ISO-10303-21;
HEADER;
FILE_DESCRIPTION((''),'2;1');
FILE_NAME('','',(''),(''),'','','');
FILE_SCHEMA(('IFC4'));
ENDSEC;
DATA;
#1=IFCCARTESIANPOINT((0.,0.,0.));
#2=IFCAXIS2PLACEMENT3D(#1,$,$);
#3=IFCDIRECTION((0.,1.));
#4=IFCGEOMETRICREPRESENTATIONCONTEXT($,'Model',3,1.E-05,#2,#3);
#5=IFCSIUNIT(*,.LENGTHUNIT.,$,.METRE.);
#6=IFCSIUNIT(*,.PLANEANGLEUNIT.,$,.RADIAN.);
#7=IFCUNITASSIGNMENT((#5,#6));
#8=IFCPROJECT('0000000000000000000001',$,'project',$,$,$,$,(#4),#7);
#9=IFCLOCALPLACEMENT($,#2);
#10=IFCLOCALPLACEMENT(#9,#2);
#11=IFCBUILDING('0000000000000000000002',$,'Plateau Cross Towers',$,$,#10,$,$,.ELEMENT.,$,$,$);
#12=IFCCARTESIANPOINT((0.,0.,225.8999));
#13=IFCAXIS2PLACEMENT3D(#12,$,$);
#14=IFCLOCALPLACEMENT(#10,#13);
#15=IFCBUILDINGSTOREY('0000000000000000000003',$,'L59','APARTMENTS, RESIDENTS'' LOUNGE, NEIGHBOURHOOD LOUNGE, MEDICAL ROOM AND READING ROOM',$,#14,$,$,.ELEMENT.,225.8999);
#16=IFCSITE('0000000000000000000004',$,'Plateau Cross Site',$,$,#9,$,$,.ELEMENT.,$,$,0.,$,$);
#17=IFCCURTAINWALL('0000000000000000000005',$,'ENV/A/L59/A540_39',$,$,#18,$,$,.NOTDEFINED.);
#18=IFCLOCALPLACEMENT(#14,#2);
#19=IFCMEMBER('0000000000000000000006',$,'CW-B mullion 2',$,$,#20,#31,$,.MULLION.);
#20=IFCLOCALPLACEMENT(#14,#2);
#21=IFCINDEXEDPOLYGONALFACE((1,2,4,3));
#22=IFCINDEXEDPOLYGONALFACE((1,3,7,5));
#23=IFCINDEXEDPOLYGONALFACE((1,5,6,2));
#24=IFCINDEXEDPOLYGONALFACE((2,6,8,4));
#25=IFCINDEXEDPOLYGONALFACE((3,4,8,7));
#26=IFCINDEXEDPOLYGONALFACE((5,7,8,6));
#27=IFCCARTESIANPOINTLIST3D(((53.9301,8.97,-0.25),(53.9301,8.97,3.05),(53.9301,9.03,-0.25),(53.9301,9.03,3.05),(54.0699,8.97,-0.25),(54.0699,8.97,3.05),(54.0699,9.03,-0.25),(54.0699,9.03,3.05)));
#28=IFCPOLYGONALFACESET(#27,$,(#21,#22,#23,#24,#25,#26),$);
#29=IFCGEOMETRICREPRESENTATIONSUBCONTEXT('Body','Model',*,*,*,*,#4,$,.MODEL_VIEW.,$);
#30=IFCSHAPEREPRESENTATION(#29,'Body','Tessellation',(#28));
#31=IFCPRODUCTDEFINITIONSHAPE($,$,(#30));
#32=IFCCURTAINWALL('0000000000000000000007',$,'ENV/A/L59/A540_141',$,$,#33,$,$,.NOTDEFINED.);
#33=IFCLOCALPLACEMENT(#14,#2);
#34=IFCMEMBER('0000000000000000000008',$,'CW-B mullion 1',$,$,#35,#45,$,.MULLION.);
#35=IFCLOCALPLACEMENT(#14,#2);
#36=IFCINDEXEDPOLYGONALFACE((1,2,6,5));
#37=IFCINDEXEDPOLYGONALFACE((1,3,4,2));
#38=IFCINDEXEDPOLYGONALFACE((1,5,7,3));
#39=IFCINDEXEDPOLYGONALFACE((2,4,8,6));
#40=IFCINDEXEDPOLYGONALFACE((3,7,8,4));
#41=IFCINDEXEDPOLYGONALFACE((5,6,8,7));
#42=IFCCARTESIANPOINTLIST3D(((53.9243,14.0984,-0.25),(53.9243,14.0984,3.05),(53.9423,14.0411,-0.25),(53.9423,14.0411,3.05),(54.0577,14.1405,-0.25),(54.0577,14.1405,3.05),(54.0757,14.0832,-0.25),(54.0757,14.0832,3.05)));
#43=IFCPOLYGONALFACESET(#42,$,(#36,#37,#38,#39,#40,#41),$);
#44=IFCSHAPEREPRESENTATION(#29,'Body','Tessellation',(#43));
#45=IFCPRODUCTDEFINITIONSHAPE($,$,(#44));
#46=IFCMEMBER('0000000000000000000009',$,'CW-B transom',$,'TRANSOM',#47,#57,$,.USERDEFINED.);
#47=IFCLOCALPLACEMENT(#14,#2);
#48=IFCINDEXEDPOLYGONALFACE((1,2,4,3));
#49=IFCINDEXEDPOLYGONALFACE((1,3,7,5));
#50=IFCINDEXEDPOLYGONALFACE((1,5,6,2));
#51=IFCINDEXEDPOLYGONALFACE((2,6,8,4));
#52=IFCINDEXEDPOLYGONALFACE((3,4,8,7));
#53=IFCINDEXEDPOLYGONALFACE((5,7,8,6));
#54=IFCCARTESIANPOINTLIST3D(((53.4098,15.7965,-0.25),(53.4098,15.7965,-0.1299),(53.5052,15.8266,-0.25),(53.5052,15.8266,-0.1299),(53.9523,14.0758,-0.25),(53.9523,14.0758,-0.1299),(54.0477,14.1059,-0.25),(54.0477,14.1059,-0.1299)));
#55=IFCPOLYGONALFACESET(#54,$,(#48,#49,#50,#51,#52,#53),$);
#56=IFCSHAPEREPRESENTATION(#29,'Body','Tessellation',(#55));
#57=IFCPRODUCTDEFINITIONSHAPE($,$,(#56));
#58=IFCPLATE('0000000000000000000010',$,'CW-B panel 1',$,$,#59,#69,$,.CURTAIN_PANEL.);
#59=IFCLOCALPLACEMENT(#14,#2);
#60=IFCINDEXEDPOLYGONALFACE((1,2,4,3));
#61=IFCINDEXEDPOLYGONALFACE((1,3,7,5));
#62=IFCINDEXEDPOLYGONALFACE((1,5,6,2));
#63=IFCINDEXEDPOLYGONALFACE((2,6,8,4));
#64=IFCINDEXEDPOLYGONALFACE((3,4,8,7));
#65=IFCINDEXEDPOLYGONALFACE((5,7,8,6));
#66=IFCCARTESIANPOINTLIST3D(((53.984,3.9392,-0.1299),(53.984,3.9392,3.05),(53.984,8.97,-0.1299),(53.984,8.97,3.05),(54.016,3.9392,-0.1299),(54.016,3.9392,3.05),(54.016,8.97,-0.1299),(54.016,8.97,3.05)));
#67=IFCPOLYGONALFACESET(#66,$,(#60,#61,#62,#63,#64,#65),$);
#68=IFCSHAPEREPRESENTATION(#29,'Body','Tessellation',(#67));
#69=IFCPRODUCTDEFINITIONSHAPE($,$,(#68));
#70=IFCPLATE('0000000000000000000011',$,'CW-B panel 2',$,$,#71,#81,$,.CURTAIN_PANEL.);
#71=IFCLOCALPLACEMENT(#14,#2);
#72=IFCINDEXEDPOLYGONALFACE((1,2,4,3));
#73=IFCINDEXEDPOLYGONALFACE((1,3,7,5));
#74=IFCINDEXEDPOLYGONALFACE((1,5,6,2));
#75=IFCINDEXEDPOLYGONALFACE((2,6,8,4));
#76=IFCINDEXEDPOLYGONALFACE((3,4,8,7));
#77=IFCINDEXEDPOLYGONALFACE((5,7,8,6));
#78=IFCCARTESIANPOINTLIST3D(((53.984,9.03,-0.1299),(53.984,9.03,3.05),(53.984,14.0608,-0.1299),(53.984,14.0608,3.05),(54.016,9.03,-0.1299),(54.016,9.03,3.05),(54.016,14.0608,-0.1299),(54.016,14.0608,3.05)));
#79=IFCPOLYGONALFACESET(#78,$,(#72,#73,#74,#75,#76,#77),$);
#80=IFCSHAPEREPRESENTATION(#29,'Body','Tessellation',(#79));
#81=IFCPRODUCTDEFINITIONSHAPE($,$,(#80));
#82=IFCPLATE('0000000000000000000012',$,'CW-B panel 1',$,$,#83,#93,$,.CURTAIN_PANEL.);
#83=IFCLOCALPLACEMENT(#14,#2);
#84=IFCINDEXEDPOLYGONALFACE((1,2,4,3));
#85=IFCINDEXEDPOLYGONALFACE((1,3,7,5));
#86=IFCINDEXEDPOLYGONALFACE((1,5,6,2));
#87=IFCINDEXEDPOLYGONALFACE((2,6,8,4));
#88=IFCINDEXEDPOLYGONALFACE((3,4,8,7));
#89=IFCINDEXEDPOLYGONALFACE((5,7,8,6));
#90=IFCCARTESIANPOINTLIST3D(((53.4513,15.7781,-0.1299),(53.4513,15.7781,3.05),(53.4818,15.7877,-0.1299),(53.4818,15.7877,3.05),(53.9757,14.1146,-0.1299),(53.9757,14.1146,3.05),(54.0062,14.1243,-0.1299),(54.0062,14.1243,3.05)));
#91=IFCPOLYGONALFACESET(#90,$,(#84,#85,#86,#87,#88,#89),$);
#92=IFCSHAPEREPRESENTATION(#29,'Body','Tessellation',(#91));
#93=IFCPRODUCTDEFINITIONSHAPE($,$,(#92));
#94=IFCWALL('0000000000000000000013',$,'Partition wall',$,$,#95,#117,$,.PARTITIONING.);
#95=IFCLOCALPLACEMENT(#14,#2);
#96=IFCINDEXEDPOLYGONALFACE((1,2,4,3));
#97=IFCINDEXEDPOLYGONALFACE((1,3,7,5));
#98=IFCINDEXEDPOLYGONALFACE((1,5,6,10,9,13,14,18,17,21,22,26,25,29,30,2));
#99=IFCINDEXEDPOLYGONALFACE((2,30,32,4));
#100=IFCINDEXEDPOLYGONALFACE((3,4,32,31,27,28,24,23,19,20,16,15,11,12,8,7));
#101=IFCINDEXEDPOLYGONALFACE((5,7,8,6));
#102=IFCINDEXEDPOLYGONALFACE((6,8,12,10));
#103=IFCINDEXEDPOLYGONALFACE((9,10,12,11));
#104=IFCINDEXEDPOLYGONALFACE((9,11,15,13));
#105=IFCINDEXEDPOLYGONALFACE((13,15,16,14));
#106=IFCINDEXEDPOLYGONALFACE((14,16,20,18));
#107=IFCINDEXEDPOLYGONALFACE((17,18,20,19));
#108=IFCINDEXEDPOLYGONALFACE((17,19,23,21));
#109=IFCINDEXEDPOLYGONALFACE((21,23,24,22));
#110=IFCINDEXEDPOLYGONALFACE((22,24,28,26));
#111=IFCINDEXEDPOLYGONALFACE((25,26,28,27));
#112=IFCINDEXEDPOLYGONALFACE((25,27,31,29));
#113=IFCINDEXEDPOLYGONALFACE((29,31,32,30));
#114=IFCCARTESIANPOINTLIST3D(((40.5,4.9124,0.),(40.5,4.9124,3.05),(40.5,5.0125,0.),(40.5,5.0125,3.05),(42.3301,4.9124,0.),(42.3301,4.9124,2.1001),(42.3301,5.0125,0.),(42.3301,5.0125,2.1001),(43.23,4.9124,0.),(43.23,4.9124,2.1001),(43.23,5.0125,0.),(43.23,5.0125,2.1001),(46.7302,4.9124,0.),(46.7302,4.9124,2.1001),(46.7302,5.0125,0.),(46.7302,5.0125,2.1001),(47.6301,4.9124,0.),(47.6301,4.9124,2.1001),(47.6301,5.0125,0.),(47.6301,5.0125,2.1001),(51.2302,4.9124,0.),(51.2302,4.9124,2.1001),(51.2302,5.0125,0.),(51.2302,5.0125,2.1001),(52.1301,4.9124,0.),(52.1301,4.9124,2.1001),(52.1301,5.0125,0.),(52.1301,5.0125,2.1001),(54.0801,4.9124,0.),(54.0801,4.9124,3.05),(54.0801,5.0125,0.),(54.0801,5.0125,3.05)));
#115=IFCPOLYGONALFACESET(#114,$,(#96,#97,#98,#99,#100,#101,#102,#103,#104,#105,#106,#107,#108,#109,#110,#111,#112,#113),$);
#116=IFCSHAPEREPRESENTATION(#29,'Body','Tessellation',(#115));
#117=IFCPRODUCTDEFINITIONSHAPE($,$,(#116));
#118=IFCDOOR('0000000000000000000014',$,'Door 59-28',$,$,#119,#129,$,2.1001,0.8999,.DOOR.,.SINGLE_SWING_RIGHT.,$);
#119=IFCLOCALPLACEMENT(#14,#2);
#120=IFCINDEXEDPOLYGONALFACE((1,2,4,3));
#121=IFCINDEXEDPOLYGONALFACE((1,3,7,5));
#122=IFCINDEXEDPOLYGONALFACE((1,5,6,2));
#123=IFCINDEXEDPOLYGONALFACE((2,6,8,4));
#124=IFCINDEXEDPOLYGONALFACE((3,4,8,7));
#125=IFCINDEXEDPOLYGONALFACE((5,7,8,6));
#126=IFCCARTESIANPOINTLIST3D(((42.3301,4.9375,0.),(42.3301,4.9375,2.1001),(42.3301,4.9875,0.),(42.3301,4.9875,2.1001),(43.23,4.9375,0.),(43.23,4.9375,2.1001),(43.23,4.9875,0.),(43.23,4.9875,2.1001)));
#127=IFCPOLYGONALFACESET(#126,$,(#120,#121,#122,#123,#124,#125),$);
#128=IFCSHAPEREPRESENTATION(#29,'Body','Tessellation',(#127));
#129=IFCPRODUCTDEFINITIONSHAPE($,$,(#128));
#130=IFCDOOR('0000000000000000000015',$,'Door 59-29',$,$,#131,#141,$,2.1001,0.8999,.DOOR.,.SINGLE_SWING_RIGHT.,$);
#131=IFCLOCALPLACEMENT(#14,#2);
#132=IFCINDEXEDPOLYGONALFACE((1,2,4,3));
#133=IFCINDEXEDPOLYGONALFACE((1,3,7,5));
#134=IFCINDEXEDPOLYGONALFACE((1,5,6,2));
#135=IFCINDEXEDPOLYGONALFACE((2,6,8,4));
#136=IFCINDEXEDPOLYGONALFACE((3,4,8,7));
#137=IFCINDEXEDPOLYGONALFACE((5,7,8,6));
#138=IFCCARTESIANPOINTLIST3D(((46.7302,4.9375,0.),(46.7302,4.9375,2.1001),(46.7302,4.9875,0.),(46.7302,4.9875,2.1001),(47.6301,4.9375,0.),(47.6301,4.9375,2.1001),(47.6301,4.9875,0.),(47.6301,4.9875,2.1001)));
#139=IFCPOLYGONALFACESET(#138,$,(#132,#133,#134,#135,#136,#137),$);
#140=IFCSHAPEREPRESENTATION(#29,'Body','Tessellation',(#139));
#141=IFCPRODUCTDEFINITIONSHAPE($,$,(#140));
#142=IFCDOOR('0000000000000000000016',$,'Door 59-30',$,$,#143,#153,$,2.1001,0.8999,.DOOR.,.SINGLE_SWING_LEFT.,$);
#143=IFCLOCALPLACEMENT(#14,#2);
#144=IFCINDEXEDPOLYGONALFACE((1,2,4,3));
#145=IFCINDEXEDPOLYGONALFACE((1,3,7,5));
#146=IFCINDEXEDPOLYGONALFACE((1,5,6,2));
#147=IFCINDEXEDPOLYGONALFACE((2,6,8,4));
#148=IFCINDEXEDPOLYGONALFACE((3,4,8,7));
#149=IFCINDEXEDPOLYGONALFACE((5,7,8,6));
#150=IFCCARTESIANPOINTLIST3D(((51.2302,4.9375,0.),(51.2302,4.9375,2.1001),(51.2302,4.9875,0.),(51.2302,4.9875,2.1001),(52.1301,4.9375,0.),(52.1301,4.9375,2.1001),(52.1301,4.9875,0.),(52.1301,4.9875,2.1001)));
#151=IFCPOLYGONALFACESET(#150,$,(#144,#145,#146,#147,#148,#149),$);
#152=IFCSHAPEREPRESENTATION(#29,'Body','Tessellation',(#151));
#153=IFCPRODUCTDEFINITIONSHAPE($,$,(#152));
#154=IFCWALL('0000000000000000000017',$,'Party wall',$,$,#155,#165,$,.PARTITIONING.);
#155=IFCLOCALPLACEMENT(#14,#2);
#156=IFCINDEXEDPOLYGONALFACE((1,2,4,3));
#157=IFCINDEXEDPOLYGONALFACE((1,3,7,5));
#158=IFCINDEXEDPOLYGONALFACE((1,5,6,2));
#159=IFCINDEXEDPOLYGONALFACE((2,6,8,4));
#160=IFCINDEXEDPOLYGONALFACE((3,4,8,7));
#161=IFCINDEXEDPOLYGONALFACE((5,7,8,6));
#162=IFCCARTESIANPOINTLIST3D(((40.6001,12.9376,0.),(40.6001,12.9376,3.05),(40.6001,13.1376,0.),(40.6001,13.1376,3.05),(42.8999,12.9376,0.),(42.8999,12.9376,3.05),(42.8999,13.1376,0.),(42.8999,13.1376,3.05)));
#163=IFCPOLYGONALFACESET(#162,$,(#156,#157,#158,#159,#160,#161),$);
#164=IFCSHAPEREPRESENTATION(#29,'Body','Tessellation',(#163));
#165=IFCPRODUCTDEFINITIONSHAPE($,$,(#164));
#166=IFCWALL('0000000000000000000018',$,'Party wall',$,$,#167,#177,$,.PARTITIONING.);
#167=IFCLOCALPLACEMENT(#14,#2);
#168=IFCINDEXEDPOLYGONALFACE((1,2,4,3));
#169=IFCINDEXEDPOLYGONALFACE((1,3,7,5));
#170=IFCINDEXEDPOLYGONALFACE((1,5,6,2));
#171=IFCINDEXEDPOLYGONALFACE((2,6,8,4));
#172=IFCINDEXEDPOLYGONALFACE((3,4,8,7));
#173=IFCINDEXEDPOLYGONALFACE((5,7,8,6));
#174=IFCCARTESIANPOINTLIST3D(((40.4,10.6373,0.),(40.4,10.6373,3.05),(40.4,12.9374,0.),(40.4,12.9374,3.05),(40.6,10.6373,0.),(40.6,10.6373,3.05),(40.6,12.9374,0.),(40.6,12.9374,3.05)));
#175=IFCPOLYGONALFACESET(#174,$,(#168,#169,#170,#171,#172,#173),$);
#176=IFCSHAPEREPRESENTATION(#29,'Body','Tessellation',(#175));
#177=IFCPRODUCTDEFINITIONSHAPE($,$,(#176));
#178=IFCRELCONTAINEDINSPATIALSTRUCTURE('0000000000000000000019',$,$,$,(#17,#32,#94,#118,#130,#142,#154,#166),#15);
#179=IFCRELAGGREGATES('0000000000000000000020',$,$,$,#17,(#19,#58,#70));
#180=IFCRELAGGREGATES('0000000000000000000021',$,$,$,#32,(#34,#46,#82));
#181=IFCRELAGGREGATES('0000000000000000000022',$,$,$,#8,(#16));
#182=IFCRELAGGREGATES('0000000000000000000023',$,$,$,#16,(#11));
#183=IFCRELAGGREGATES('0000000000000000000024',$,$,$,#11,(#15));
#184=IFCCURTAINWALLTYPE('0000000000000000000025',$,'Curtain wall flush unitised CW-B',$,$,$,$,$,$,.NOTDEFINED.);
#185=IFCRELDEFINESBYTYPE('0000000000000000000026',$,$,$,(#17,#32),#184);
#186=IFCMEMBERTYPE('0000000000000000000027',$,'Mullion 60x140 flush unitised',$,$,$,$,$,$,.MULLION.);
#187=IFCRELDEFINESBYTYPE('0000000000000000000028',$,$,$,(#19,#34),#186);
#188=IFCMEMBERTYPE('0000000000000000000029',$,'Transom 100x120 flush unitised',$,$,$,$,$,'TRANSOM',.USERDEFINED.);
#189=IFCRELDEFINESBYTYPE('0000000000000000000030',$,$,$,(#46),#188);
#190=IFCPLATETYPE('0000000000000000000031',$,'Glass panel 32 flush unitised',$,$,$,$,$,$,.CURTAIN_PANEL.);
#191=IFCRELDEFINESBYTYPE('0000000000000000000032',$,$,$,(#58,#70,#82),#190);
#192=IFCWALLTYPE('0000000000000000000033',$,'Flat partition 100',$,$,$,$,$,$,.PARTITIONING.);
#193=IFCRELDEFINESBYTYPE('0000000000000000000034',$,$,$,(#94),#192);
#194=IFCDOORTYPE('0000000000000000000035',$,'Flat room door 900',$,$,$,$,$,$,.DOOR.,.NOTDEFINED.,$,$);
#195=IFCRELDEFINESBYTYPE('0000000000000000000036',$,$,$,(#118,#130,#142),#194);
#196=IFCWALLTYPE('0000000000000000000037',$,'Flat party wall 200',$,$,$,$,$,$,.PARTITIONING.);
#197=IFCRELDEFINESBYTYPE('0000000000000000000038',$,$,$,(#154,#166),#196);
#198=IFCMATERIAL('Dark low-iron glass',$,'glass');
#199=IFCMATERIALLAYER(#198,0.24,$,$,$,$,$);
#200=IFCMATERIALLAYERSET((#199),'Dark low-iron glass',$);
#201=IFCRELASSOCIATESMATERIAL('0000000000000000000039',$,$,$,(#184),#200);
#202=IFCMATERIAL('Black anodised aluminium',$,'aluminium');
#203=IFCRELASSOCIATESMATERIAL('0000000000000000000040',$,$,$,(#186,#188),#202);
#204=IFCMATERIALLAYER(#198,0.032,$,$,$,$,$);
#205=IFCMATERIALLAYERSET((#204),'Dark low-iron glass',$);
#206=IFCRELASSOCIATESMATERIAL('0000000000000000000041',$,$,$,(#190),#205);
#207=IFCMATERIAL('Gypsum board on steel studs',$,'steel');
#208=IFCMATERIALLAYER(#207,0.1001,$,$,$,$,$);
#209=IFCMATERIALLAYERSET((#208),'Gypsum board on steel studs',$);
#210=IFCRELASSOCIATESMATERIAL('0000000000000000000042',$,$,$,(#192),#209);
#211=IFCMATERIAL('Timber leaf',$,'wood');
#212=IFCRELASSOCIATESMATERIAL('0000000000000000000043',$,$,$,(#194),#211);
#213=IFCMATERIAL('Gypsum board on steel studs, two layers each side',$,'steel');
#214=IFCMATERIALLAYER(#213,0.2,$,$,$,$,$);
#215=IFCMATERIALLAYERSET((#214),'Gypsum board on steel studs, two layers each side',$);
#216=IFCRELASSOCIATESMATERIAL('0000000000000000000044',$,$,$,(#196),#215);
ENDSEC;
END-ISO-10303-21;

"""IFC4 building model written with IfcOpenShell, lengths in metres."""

from ifc_helpers import new_model, si_unit, direction, frame, frame_2d, origin, origin_2d, place, context, subcontext, project, spatial, rectangle, extrude, material, layer, layer_set, material_profile, profile_set, type_object, element, fill, aggregate, save


model = new_model("IFC4")

# Units and contexts
model_context = context("Model", 3, precision=1e-05, world=origin(), true_north=direction((0.0, 1.0)))
body_context = subcontext(model_context, "Body", "Model", "MODEL_VIEW")
ifc_project = project(units=[si_unit("LENGTHUNIT", "METRE"), si_unit("PLANEANGLEUNIT", "RADIAN")], contexts=[model_context])

# Site, building, storey
site_placement = place(None, origin())
site = spatial("IfcSite", under=ifc_project, at=site_placement, Name="Plateau Cross Site", CompositionType="ELEMENT", RefElevation=0.0)
building_placement = place(site_placement, origin())
building = spatial("IfcBuilding", under=site, at=building_placement, Name="Plateau Cross Towers", CompositionType="ELEMENT")
storey_placement = place(building_placement, frame((0.0, 0.0, 225.8999)))
storey = spatial("IfcBuildingStorey", under=building, at=storey_placement, Name="L59", Description="APARTMENTS, RESIDENTS' LOUNGE, NEIGHBOURHOOD LOUNGE, MEDICAL ROOM AND READING ROOM", CompositionType="ELEMENT", Elevation=225.8999)

# Curtain wall, member
ifc_material_1 = material(Name="Dark low-iron glass", Category="glass")
ifc_layer_1 = layer(ifc_material_1, 0.24)
ifc_layer_set_1 = layer_set([ifc_layer_1], Name="Dark low-iron glass")
curtain_wall_type = type_object("IfcCurtainWallType", Name="Curtain wall flush unitised CW-B", PredefinedType="NOTDEFINED", material=ifc_layer_set_1)
curtain_wall_1_placement = place(storey_placement, origin())
curtain_wall_1 = element("IfcCurtainWall", 1, at=curtain_wall_1_placement, inside=storey, type_object=curtain_wall_type, Name="ENV/A/L59/A540_39", PredefinedType="NOTDEFINED")
ifc_material_2 = material(Name="Black anodised aluminium", Category="aluminium")
ifc_material_profile_1 = material_profile(ifc_material_2, rectangle(XDim=0.0601, YDim=0.1399, at=origin_2d()), Name="MULLION 60x140")
ifc_profile_set_1 = profile_set([ifc_material_profile_1], Name="Black anodised aluminium")
member_type_1 = type_object("IfcMemberType", Name="Mullion 60x140 flush unitised", PredefinedType="MULLION", material=ifc_profile_set_1)
member_1_placement = place(storey_placement, frame((54.0, 9.0, -0.25), z_axis=(0.0, 0.0, 1.0), x_axis=(0.0, 1.0, 0.0)))
member_1 = element("IfcMember", 2, at=member_1_placement, type_object=member_type_1, Name="CW-B mullion 2", PredefinedType="MULLION", context=body_context, shape_type="SweptSolid", body=[
    extrude(rectangle(XDim=0.0601, YDim=0.1399, at=origin_2d()), origin(), (0.0, 0.0, 1.0), 3.3),
])

# Curtain wall, members
curtain_wall_2_placement = place(storey_placement, origin())
curtain_wall_2 = element("IfcCurtainWall", 3, at=curtain_wall_2_placement, inside=storey, type_object=curtain_wall_type, Name="ENV/A/L59/A540_141", PredefinedType="NOTDEFINED")
member_2_placement = place(storey_placement, frame((54.0, 14.0908, -0.25), z_axis=(0.0, 0.0, 1.0), x_axis=(-0.300686, 0.953723, 0.0)))
member_2 = element("IfcMember", 4, at=member_2_placement, type_object=member_type_1, Name="CW-B mullion 1", PredefinedType="MULLION", context=body_context, shape_type="SweptSolid", body=[
    extrude(rectangle(XDim=0.0601, YDim=0.1399, at=origin_2d()), origin(), (0.0, 0.0, 1.0), 3.3),
])
ifc_material_profile_2 = material_profile(ifc_material_2, rectangle(XDim=0.1001, YDim=0.1201, at=origin_2d()), Name="TRANSOM 100x120")
ifc_profile_set_2 = profile_set([ifc_material_profile_2], Name="Black anodised aluminium")
member_type_2 = type_object("IfcMemberType", Name="Transom 100x120 flush unitised", ElementType="TRANSOM", PredefinedType="USERDEFINED", material=ifc_profile_set_2)
member_3_placement = place(storey_placement, frame((54.0, 14.0908, -0.1899), z_axis=(-0.300678, 0.953726, 0.0), x_axis=(-0.953726, -0.300678, 0.0)))
member_3 = element("IfcMember", 5, at=member_3_placement, type_object=member_type_2, Name="CW-B transom", ObjectType="TRANSOM", PredefinedType="USERDEFINED", context=body_context, shape_type="SweptSolid", body=[
    extrude(rectangle(XDim=0.1001, YDim=0.1201, at=origin_2d()), origin(), (0.0, 0.0, 1.0), 1.8042),
])

# Plates
ifc_layer_2 = layer(ifc_material_1, 0.032)
ifc_layer_set_2 = layer_set([ifc_layer_2], Name="Dark low-iron glass")
plate_type = type_object("IfcPlateType", Name="Glass panel 32 flush unitised", PredefinedType="CURTAIN_PANEL", material=ifc_layer_set_2)
plate_1_placement = place(storey_placement, frame((54.0, 6.4546, -0.1299), z_axis=(0.0, 0.0, 1.0), x_axis=(0.0, 1.0, 0.0)))
plate_1 = element("IfcPlate", 6, at=plate_1_placement, type_object=plate_type, Name="CW-B panel 1", PredefinedType="CURTAIN_PANEL", context=body_context, shape_type="SweptSolid", body=[
    extrude(rectangle(XDim=5.0308, YDim=0.032, at=origin_2d()), origin(), (0.0, 0.0, 1.0), 3.1799),
])
plate_2_placement = place(storey_placement, frame((54.0, 11.5454, -0.1299), z_axis=(0.0, 0.0, 1.0), x_axis=(0.0, 1.0, 0.0)))
plate_2 = element("IfcPlate", 7, at=plate_2_placement, type_object=plate_type, Name="CW-B panel 2", PredefinedType="CURTAIN_PANEL", context=body_context, shape_type="SweptSolid", body=[
    extrude(rectangle(XDim=5.0308, YDim=0.032, at=origin_2d()), origin(), (0.0, 0.0, 1.0), 3.1799),
])
aggregate(curtain_wall_1, [member_1, plate_1, plate_2])
plate_3_placement = place(storey_placement, frame((53.7288, 14.9512, -0.1299), z_axis=(0.0, 0.0, 1.0), x_axis=(-0.300686, 0.953723, 0.0)))
plate_3 = element("IfcPlate", 8, at=plate_3_placement, type_object=plate_type, Name="CW-B panel 1", PredefinedType="CURTAIN_PANEL", context=body_context, shape_type="SweptSolid", body=[
    extrude(rectangle(XDim=1.7441, YDim=0.032, at=origin_2d()), origin(), (0.0, 0.0, 1.0), 3.1799),
])
aggregate(curtain_wall_2, [member_2, member_3, plate_3])

# Wall, openings, doors
ifc_material_3 = material(Name="Gypsum board on steel studs", Category="steel")
ifc_layer_3 = layer(ifc_material_3, 0.1001)
ifc_layer_set_3 = layer_set([ifc_layer_3], Name="Gypsum board on steel studs")
wall_type_1 = type_object("IfcWallType", Name="Flat partition 100", PredefinedType="PARTITIONING", material=ifc_layer_set_3)
wall_1_placement = place(storey_placement, frame((54.0801, 4.9624, 0.0), z_axis=(0.0, 0.0, 1.0), x_axis=(-1.0, 0.0, 0.0)))
wall_1 = element("IfcWall", 9, at=wall_1_placement, inside=storey, type_object=wall_type_1, Name="Partition wall", PredefinedType="PARTITIONING", context=body_context, shape_type="SweptSolid", body=[
    extrude(rectangle(XDim=13.5801, YDim=0.1001, at=frame_2d((6.79, 0.0))), origin(), (0.0, 0.0, 1.0), 3.05),
])
opening_1_placement = place(wall_1_placement, frame((10.8501, 0.0, 0.0)))
opening_1 = element("IfcOpeningElement", 10, at=opening_1_placement, cuts=wall_1, PredefinedType="OPENING", context=body_context, shape_type="SweptSolid", body=[
    extrude(rectangle(XDim=0.8999, YDim=2.1001, at=frame_2d((0.45, 1.05))), frame((0.0, 0.0601, 0.0), z_axis=(0.0, -1.0, 0.0), x_axis=(1.0, 0.0, 0.0)), (0.0, 0.0, 1.0), 0.1201),
])
opening_2_placement = place(wall_1_placement, frame((6.45, 0.0, 0.0)))
opening_2 = element("IfcOpeningElement", 11, at=opening_2_placement, cuts=wall_1, PredefinedType="OPENING", context=body_context, shape_type="SweptSolid", body=[
    extrude(rectangle(XDim=0.8999, YDim=2.1001, at=frame_2d((0.45, 1.05))), frame((0.0, 0.0601, 0.0), z_axis=(0.0, -1.0, 0.0), x_axis=(1.0, 0.0, 0.0)), (0.0, 0.0, 1.0), 0.1201),
])
opening_3_placement = place(wall_1_placement, frame((1.95, 0.0, 0.0)))
opening_3 = element("IfcOpeningElement", 12, at=opening_3_placement, cuts=wall_1, PredefinedType="OPENING", context=body_context, shape_type="SweptSolid", body=[
    extrude(rectangle(XDim=0.8999, YDim=2.1001, at=frame_2d((0.45, 1.05))), frame((0.0, 0.0601, 0.0), z_axis=(0.0, -1.0, 0.0), x_axis=(1.0, 0.0, 0.0)), (0.0, 0.0, 1.0), 0.1201),
])
ifc_material_4 = material(Name="Timber leaf", Category="wood")
door_type_1 = type_object("IfcDoorType", Name="Flat room door 900", OperationType="NOTDEFINED", PredefinedType="DOOR", material=ifc_material_4)
door_1_placement = place(opening_1_placement, origin())
door_1 = element("IfcDoor", 13, at=door_1_placement, inside=storey, type_object=door_type_1, Name="Door 59-28", OperationType="SINGLE_SWING_RIGHT", OverallHeight=2.1001, OverallWidth=0.8999, PredefinedType="DOOR", context=body_context, shape_type="SweptSolid", body=[
    extrude(rectangle(XDim=0.8999, YDim=2.1001, at=frame_2d((0.45, 1.05))), frame((0.0, 0.0249, 0.0), z_axis=(0.0, -1.0, 0.0), x_axis=(1.0, 0.0, 0.0)), (0.0, 0.0, 1.0), 0.05),
])
fill(opening_1, door_1)
door_2_placement = place(opening_2_placement, origin())
door_2 = element("IfcDoor", 14, at=door_2_placement, inside=storey, type_object=door_type_1, Name="Door 59-29", OperationType="SINGLE_SWING_RIGHT", OverallHeight=2.1001, OverallWidth=0.8999, PredefinedType="DOOR", context=body_context, shape_type="SweptSolid", body=[
    extrude(rectangle(XDim=0.8999, YDim=2.1001, at=frame_2d((0.45, 1.05))), frame((0.0, 0.0249, 0.0), z_axis=(0.0, -1.0, 0.0), x_axis=(1.0, 0.0, 0.0)), (0.0, 0.0, 1.0), 0.05),
])
fill(opening_2, door_2)
door_3_placement = place(opening_3_placement, origin())
door_3 = element("IfcDoor", 15, at=door_3_placement, inside=storey, type_object=door_type_1, Name="Door 59-30", OperationType="SINGLE_SWING_LEFT", OverallHeight=2.1001, OverallWidth=0.8999, PredefinedType="DOOR", context=body_context, shape_type="SweptSolid", body=[
    extrude(rectangle(XDim=0.8999, YDim=2.1001, at=frame_2d((0.45, 1.05))), frame((0.0, 0.0249, 0.0), z_axis=(0.0, -1.0, 0.0), x_axis=(1.0, 0.0, 0.0)), (0.0, 0.0, 1.0), 0.05),
])
fill(opening_3, door_3)

# Walls
ifc_material_5 = material(Name="Gypsum board on steel studs, two layers each side", Category="steel")
ifc_layer_4 = layer(ifc_material_5, 0.2)
ifc_layer_set_4 = layer_set([ifc_layer_4], Name="Gypsum board on steel studs, two layers each side")
wall_type_2 = type_object("IfcWallType", Name="Flat party wall 200", PredefinedType="PARTITIONING", material=ifc_layer_set_4)
wall_2_placement = place(storey_placement, frame((42.8999, 13.0376, 0.0), z_axis=(0.0, 0.0, 1.0), x_axis=(-1.0, 0.0, 0.0)))
element("IfcWall", 16, at=wall_2_placement, inside=storey, type_object=wall_type_2, Name="Party wall", PredefinedType="PARTITIONING", context=body_context, shape_type="SweptSolid", body=[
    extrude(rectangle(XDim=2.2998, YDim=0.2, at=frame_2d((1.1499, 0.0))), origin(), (0.0, 0.0, 1.0), 3.05),
])
for number, where, z_axis, x_axis, name in (
    (17, (40.5, 10.6375, 0.0), (0.0, 0.0, 1.0), (0.0, 1.0, 0.0), "Party wall"),
):
    element("IfcWall", number, at=place(storey_placement, frame(where, z_axis=z_axis, x_axis=x_axis)), inside=storey, type_object=wall_type_2, Name=name, PredefinedType="PARTITIONING", context=body_context, shape_type="SweptSolid", body=[
        extrude(rectangle(XDim=2.3, YDim=0.2, at=frame_2d((1.1499, 0.0))), origin(), (0.0, 0.0, 1.0), 3.05),
    ])

save(model, "model.ifc")
